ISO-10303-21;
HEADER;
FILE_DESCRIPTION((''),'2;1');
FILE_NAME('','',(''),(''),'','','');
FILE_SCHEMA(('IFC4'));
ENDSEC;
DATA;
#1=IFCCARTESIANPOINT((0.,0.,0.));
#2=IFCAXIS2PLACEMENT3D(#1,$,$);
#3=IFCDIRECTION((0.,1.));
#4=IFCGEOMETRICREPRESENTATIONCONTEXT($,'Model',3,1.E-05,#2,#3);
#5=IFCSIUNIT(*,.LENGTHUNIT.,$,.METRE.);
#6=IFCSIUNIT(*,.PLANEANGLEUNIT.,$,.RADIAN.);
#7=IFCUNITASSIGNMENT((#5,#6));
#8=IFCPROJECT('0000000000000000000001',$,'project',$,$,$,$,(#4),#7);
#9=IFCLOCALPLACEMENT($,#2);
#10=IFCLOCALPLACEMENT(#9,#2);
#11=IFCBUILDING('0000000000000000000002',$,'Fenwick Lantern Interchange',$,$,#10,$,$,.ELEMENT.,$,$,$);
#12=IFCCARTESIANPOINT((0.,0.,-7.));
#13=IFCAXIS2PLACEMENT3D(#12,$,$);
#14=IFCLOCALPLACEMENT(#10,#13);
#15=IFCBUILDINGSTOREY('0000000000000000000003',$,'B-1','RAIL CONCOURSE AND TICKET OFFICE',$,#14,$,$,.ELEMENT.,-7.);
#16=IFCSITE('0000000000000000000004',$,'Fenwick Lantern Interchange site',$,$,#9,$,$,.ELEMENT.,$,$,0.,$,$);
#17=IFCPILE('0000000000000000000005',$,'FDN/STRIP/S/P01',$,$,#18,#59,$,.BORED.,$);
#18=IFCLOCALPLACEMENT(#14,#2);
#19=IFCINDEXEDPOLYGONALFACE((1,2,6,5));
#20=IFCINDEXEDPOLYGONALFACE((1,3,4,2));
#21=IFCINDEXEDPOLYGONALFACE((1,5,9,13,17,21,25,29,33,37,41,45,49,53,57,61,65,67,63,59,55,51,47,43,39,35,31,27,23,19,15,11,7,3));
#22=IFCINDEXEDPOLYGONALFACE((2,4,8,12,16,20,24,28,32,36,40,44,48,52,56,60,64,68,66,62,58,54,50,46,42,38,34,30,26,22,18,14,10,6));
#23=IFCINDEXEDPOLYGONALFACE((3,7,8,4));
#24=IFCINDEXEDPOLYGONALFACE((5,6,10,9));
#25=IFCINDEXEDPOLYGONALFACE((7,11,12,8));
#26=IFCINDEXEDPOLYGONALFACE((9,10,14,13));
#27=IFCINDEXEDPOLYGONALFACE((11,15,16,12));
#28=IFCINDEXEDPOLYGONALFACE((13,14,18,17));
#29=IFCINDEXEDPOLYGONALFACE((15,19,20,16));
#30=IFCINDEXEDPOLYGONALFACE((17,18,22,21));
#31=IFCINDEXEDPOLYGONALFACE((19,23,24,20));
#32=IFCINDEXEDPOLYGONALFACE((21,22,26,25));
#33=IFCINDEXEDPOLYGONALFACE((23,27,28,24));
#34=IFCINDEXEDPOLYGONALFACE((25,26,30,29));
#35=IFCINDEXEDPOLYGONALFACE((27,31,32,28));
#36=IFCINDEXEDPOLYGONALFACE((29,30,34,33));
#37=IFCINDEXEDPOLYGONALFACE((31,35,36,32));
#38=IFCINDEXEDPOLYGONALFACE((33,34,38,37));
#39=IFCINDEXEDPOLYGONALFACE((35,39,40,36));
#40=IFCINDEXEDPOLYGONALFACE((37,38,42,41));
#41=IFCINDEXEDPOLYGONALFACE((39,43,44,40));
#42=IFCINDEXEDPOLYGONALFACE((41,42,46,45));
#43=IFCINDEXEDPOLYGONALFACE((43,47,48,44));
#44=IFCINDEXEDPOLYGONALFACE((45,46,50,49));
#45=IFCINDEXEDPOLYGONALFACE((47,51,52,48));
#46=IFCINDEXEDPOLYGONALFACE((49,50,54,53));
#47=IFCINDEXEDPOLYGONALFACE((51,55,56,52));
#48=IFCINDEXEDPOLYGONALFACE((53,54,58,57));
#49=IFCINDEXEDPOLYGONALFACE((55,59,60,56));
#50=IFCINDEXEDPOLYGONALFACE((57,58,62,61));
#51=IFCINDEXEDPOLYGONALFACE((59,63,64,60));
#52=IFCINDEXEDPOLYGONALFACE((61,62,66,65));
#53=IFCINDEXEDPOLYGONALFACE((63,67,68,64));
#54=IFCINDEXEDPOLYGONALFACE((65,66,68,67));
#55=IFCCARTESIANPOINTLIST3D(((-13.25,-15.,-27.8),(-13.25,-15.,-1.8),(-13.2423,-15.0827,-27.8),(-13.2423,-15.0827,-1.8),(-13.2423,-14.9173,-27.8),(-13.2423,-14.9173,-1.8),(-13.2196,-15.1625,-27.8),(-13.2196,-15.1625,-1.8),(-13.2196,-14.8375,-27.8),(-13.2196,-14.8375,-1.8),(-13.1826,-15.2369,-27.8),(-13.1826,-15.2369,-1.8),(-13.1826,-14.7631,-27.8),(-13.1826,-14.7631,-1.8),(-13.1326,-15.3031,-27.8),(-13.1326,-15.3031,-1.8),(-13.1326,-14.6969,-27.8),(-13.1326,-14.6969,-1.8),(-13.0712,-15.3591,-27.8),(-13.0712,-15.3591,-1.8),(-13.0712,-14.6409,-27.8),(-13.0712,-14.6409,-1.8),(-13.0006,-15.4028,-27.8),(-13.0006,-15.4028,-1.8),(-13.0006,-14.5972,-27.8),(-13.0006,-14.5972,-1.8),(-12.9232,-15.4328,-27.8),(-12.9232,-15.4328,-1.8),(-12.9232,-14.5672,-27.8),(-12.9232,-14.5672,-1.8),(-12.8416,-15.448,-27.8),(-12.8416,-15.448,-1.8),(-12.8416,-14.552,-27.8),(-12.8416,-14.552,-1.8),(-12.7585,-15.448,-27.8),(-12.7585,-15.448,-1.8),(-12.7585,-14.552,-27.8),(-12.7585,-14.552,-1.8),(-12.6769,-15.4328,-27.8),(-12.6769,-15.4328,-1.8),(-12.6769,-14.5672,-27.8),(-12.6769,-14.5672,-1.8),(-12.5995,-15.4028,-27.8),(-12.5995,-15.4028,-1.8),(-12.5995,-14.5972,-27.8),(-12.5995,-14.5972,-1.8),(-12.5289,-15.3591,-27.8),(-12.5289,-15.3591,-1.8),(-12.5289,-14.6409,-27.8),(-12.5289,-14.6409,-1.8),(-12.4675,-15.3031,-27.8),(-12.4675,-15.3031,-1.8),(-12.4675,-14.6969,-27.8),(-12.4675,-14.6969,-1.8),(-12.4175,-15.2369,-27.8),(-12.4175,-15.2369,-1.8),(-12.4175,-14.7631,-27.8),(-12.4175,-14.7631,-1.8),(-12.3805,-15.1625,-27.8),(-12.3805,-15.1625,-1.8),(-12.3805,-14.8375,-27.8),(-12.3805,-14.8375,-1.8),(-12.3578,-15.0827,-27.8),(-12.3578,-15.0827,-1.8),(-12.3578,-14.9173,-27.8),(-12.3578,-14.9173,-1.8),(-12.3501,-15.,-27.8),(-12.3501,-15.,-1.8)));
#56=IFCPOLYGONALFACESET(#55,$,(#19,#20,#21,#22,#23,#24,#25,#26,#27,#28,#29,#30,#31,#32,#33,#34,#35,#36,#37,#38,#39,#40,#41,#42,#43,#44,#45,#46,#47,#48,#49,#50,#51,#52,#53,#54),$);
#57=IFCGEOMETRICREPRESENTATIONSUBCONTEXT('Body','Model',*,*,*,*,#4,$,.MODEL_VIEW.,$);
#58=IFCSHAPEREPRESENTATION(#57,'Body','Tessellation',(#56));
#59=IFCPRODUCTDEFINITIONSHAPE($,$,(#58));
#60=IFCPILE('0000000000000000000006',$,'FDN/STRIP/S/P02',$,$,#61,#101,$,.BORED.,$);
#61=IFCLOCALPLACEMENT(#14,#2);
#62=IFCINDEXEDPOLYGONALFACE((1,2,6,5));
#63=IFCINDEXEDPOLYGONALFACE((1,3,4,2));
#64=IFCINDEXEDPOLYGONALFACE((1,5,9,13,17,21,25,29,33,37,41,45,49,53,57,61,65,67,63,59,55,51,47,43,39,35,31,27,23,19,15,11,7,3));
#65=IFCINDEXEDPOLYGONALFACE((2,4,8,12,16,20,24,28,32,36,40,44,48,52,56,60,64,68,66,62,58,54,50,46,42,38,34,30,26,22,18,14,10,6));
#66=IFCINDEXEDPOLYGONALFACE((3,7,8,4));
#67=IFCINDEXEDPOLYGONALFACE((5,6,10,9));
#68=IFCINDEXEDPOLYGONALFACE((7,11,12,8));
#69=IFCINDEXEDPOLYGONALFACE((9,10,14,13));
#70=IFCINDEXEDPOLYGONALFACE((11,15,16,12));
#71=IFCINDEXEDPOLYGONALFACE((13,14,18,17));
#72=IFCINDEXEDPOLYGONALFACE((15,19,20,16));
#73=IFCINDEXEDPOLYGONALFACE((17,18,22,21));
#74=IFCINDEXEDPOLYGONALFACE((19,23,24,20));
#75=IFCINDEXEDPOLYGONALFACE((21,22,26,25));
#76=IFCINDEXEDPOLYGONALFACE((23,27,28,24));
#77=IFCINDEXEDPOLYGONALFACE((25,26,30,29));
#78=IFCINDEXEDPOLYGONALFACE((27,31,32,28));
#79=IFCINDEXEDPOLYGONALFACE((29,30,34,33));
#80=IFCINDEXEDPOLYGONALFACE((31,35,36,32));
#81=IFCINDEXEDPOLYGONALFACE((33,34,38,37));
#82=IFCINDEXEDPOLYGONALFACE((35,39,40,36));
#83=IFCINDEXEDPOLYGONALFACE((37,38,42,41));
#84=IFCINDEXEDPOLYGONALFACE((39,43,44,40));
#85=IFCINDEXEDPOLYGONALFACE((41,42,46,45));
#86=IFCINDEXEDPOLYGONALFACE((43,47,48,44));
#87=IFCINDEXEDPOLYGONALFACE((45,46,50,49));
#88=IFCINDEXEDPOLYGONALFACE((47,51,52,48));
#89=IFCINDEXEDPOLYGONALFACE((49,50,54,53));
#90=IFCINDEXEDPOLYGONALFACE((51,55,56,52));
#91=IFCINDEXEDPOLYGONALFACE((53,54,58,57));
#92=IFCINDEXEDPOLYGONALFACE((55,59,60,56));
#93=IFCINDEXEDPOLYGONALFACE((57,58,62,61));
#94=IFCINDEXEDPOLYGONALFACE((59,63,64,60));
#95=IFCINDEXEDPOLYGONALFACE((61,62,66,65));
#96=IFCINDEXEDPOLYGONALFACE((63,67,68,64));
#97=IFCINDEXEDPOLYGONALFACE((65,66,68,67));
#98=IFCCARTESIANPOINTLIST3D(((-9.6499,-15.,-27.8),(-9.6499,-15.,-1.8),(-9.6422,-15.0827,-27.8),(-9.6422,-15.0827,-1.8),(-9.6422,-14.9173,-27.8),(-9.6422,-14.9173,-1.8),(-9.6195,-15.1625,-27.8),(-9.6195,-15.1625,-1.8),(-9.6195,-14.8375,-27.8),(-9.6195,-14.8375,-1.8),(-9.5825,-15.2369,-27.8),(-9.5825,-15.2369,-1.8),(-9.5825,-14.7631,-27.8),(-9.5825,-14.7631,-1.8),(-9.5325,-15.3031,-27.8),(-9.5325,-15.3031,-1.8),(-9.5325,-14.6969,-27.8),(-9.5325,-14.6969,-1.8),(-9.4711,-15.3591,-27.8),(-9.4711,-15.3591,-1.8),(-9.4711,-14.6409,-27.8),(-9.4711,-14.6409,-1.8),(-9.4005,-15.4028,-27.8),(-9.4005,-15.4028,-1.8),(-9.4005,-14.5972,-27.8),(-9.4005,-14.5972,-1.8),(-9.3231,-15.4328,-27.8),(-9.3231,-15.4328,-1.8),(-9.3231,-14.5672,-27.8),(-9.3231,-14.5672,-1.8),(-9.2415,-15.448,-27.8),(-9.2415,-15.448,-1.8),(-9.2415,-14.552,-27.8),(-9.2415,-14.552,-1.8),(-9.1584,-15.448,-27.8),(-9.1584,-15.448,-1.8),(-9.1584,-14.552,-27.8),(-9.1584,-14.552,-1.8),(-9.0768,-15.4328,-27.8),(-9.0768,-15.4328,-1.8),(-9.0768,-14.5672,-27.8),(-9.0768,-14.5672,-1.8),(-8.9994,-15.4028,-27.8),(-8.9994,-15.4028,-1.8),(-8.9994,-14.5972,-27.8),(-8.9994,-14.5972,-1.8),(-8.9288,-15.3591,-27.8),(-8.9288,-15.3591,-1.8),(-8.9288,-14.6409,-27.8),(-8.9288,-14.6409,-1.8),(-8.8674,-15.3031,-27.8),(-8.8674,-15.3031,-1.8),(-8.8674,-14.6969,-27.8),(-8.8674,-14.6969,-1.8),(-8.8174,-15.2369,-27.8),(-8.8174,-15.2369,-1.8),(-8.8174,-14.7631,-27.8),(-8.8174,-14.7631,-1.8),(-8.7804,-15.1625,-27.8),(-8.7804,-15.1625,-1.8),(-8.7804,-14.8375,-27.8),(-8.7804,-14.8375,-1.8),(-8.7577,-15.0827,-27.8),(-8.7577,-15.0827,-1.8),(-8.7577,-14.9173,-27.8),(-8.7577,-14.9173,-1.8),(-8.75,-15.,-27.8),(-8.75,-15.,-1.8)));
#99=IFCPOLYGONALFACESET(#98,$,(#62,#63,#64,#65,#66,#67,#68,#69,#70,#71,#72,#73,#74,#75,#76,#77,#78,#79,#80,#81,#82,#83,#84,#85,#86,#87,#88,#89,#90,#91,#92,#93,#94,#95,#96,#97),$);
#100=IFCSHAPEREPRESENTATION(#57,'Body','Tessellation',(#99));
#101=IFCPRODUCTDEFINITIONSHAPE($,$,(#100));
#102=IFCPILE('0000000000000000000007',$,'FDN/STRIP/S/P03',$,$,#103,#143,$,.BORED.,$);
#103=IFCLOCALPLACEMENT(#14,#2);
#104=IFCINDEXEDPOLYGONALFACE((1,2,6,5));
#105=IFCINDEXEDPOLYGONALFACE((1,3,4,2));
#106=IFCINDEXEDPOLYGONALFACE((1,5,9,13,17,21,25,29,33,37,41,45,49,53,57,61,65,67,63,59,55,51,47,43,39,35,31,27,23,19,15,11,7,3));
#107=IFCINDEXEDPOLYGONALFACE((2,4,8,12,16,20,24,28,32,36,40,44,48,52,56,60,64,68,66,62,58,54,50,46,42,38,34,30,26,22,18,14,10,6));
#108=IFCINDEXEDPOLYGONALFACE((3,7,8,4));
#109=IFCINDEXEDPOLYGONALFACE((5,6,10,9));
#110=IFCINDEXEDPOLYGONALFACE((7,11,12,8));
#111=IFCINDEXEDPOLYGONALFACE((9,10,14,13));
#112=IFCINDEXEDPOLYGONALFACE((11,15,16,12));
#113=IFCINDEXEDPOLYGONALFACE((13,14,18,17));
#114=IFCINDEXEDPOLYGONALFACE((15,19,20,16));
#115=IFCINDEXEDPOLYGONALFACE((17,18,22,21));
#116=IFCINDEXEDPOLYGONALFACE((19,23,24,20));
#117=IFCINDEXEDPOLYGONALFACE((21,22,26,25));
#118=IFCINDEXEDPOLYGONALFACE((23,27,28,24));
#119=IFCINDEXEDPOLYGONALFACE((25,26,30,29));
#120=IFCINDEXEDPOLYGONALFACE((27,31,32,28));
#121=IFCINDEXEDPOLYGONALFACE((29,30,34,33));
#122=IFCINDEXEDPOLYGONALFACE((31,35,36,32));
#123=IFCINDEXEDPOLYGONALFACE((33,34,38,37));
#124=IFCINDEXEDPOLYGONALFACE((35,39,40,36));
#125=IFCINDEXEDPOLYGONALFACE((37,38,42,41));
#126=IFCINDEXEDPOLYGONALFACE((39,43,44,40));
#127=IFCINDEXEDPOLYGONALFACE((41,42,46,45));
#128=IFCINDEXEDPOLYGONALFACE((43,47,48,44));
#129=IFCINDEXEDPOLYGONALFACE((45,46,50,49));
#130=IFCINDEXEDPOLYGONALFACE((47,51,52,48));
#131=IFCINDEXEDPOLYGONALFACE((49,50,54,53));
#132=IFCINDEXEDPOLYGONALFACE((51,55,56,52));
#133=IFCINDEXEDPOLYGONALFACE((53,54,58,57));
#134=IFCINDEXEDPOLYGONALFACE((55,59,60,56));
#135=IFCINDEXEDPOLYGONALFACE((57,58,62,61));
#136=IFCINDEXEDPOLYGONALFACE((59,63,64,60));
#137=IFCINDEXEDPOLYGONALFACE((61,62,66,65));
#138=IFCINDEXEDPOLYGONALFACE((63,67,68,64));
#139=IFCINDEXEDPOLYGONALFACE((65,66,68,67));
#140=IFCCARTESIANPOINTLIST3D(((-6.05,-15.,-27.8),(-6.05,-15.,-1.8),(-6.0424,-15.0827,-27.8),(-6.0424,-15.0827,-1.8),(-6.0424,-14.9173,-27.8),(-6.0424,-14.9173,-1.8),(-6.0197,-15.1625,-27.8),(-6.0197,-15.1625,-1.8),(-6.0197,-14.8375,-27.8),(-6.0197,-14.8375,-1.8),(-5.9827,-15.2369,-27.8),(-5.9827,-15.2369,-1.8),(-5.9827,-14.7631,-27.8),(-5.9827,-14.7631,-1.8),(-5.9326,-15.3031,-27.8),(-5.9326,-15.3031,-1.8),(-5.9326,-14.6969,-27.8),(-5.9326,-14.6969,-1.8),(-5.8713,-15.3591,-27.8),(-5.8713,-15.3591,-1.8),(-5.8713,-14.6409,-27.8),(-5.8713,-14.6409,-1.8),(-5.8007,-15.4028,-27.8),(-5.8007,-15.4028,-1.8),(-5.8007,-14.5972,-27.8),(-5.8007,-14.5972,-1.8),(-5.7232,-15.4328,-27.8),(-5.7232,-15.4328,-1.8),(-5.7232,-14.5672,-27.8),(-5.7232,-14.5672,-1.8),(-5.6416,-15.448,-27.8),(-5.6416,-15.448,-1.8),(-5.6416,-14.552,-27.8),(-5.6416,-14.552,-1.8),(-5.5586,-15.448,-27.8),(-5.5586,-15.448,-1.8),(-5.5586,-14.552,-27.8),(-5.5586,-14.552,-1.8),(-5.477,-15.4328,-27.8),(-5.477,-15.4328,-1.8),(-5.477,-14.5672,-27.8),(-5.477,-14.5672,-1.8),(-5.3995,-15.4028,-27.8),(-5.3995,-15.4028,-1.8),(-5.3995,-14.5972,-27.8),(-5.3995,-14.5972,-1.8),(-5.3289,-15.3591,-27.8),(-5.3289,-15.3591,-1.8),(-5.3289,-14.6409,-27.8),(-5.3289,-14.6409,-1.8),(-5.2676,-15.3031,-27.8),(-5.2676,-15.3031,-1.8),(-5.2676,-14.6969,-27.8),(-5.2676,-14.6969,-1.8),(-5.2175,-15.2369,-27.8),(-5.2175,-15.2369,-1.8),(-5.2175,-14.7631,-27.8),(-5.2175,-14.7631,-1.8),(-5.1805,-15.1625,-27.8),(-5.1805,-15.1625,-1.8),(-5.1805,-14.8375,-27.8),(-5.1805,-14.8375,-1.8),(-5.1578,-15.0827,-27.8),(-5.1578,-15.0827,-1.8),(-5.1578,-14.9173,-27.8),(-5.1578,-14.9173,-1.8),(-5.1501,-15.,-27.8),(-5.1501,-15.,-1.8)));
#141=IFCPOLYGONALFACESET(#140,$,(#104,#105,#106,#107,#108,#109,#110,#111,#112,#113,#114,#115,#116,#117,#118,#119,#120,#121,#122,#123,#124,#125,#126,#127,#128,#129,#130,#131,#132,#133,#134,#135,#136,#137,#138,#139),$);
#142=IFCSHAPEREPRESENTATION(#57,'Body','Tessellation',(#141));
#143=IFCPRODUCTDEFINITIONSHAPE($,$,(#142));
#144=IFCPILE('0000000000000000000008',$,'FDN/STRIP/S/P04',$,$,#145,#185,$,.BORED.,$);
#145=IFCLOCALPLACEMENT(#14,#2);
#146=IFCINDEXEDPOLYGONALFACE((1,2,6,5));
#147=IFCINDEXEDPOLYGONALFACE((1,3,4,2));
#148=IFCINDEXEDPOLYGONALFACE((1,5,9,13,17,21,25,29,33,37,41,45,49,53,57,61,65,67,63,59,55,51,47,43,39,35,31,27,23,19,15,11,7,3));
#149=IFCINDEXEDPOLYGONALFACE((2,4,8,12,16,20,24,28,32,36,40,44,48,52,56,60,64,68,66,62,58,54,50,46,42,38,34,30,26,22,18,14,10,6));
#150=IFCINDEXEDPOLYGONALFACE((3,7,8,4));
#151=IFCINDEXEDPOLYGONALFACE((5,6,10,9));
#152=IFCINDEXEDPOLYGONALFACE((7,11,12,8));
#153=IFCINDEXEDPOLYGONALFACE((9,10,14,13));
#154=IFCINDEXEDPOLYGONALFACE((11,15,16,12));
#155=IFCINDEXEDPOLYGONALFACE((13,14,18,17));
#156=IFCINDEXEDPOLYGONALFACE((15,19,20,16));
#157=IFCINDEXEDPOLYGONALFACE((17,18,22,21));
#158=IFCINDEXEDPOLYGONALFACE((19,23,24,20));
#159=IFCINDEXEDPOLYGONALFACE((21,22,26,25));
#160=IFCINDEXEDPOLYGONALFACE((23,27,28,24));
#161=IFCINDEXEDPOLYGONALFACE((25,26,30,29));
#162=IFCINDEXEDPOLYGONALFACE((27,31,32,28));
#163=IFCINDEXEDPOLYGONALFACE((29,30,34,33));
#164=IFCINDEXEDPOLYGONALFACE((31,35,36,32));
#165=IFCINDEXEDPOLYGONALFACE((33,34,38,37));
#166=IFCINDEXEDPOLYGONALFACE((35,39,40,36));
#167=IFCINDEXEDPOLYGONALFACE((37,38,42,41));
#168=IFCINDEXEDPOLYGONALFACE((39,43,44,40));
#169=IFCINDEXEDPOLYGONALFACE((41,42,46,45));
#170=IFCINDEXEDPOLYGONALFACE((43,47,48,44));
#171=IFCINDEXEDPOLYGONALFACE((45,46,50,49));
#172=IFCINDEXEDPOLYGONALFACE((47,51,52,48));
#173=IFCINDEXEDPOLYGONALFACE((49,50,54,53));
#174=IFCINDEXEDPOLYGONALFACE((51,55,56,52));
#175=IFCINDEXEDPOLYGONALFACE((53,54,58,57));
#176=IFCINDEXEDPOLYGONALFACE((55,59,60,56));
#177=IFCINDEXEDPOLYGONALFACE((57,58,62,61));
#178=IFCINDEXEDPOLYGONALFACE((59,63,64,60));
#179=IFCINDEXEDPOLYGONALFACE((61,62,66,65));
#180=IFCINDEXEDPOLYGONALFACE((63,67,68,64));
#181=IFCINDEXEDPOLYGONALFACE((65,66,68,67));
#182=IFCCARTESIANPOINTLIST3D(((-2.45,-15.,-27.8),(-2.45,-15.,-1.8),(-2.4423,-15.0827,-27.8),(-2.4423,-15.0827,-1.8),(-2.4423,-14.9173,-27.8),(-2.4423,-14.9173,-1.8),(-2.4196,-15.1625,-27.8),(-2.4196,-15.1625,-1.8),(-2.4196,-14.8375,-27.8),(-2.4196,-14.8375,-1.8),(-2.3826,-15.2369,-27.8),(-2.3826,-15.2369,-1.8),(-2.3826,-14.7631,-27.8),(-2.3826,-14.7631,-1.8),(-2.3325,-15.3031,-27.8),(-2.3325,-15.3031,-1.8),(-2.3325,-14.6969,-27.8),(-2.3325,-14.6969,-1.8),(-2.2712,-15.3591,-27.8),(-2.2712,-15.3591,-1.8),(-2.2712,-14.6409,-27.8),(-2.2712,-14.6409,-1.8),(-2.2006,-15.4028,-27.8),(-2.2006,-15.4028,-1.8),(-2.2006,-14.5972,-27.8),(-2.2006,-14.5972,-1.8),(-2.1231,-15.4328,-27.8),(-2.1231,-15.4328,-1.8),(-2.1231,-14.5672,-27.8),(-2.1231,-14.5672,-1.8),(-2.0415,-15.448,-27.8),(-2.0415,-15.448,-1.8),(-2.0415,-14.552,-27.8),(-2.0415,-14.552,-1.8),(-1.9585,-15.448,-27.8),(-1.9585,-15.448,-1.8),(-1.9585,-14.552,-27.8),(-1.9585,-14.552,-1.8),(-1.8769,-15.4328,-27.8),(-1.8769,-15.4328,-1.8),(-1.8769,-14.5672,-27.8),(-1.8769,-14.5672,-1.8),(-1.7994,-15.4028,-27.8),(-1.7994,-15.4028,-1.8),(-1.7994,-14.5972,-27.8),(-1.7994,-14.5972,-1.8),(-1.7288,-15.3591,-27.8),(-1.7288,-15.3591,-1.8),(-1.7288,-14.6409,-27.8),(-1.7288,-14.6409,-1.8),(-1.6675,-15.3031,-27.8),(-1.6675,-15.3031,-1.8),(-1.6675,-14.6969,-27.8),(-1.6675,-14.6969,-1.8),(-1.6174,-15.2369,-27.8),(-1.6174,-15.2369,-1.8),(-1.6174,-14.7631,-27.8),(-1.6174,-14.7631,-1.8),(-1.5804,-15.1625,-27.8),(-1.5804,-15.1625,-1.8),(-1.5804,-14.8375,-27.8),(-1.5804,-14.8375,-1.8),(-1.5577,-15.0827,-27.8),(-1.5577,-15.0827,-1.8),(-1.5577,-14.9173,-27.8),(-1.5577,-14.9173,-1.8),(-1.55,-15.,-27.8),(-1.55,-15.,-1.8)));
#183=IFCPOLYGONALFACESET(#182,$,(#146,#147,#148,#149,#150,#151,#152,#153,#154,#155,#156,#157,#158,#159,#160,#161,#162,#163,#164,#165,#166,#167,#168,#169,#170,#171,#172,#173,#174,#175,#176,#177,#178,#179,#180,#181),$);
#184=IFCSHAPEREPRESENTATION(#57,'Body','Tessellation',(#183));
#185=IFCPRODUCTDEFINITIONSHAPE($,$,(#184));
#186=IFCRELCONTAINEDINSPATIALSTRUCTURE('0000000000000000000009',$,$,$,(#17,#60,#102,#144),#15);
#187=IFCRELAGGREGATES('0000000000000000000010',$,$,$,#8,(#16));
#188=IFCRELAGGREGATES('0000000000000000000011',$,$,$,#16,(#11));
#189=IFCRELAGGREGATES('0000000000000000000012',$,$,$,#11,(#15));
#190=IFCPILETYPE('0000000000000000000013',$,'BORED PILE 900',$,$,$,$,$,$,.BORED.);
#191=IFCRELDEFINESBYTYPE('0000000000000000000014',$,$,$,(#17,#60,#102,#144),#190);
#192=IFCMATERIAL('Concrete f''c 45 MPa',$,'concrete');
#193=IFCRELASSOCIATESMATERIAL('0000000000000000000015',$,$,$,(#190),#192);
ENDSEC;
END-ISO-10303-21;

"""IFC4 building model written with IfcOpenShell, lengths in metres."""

from ifc_helpers import new_model, si_unit, direction, frame, origin, origin_2d, place, context, subcontext, project, spatial, circle, extrude, material, type_object, element, save


model = new_model("IFC4")

# Units and contexts
model_context = context("Model", 3, precision=1e-05, world=origin(), true_north=direction((0.0, 1.0)))
body_context = subcontext(model_context, "Body", "Model", "MODEL_VIEW")
ifc_project = project(units=[si_unit("LENGTHUNIT", "METRE"), si_unit("PLANEANGLEUNIT", "RADIAN")], contexts=[model_context])

# Site, building, storey
site_placement = place(None, origin())
site = spatial("IfcSite", under=ifc_project, at=site_placement, Name="Fenwick Lantern Interchange site", CompositionType="ELEMENT", RefElevation=0.0)
building_placement = place(site_placement, origin())
building = spatial("IfcBuilding", under=site, at=building_placement, Name="Fenwick Lantern Interchange", CompositionType="ELEMENT")
storey_placement = place(building_placement, frame((0.0, 0.0, -7.0)))
storey = spatial("IfcBuildingStorey", under=building, at=storey_placement, Name="B-1", Description="RAIL CONCOURSE AND TICKET OFFICE", CompositionType="ELEMENT", Elevation=-7.0)

# Piles
ifc_material_1 = material(Name="Concrete f'c 45 MPa", Category="concrete")
pile_type = type_object("IfcPileType", Name="BORED PILE 900", PredefinedType="BORED", material=ifc_material_1)
for number, where, z_axis, x_axis, name in (
    (1, (-12.8, -15.0, -1.8), (0.0, 0.0, -1.0), (1.0, 0.0, 0.0), "FDN/STRIP/S/P01"),
    (2, (-9.2, -15.0, -1.8), (0.0, 0.0, -1.0), (1.0, 0.0, 0.0), "FDN/STRIP/S/P02"),
    (3, (-5.6001, -15.0, -1.8), (0.0, 0.0, -1.0), (1.0, 0.0, 0.0), "FDN/STRIP/S/P03"),
    (4, (-2.0, -15.0, -1.8), (0.0, 0.0, -1.0), (1.0, 0.0, 0.0), "FDN/STRIP/S/P04"),
):
    element("IfcPile", number, at=place(storey_placement, frame(where, z_axis=z_axis, x_axis=x_axis)), inside=storey, type_object=pile_type, Name=name, PredefinedType="BORED", context=body_context, shape_type="SweptSolid", body=[
        extrude(circle(Radius=0.45, at=origin_2d()), origin(), (0.0, 0.0, 1.0), 26.0),
    ])

save(model, "model.ifc")
